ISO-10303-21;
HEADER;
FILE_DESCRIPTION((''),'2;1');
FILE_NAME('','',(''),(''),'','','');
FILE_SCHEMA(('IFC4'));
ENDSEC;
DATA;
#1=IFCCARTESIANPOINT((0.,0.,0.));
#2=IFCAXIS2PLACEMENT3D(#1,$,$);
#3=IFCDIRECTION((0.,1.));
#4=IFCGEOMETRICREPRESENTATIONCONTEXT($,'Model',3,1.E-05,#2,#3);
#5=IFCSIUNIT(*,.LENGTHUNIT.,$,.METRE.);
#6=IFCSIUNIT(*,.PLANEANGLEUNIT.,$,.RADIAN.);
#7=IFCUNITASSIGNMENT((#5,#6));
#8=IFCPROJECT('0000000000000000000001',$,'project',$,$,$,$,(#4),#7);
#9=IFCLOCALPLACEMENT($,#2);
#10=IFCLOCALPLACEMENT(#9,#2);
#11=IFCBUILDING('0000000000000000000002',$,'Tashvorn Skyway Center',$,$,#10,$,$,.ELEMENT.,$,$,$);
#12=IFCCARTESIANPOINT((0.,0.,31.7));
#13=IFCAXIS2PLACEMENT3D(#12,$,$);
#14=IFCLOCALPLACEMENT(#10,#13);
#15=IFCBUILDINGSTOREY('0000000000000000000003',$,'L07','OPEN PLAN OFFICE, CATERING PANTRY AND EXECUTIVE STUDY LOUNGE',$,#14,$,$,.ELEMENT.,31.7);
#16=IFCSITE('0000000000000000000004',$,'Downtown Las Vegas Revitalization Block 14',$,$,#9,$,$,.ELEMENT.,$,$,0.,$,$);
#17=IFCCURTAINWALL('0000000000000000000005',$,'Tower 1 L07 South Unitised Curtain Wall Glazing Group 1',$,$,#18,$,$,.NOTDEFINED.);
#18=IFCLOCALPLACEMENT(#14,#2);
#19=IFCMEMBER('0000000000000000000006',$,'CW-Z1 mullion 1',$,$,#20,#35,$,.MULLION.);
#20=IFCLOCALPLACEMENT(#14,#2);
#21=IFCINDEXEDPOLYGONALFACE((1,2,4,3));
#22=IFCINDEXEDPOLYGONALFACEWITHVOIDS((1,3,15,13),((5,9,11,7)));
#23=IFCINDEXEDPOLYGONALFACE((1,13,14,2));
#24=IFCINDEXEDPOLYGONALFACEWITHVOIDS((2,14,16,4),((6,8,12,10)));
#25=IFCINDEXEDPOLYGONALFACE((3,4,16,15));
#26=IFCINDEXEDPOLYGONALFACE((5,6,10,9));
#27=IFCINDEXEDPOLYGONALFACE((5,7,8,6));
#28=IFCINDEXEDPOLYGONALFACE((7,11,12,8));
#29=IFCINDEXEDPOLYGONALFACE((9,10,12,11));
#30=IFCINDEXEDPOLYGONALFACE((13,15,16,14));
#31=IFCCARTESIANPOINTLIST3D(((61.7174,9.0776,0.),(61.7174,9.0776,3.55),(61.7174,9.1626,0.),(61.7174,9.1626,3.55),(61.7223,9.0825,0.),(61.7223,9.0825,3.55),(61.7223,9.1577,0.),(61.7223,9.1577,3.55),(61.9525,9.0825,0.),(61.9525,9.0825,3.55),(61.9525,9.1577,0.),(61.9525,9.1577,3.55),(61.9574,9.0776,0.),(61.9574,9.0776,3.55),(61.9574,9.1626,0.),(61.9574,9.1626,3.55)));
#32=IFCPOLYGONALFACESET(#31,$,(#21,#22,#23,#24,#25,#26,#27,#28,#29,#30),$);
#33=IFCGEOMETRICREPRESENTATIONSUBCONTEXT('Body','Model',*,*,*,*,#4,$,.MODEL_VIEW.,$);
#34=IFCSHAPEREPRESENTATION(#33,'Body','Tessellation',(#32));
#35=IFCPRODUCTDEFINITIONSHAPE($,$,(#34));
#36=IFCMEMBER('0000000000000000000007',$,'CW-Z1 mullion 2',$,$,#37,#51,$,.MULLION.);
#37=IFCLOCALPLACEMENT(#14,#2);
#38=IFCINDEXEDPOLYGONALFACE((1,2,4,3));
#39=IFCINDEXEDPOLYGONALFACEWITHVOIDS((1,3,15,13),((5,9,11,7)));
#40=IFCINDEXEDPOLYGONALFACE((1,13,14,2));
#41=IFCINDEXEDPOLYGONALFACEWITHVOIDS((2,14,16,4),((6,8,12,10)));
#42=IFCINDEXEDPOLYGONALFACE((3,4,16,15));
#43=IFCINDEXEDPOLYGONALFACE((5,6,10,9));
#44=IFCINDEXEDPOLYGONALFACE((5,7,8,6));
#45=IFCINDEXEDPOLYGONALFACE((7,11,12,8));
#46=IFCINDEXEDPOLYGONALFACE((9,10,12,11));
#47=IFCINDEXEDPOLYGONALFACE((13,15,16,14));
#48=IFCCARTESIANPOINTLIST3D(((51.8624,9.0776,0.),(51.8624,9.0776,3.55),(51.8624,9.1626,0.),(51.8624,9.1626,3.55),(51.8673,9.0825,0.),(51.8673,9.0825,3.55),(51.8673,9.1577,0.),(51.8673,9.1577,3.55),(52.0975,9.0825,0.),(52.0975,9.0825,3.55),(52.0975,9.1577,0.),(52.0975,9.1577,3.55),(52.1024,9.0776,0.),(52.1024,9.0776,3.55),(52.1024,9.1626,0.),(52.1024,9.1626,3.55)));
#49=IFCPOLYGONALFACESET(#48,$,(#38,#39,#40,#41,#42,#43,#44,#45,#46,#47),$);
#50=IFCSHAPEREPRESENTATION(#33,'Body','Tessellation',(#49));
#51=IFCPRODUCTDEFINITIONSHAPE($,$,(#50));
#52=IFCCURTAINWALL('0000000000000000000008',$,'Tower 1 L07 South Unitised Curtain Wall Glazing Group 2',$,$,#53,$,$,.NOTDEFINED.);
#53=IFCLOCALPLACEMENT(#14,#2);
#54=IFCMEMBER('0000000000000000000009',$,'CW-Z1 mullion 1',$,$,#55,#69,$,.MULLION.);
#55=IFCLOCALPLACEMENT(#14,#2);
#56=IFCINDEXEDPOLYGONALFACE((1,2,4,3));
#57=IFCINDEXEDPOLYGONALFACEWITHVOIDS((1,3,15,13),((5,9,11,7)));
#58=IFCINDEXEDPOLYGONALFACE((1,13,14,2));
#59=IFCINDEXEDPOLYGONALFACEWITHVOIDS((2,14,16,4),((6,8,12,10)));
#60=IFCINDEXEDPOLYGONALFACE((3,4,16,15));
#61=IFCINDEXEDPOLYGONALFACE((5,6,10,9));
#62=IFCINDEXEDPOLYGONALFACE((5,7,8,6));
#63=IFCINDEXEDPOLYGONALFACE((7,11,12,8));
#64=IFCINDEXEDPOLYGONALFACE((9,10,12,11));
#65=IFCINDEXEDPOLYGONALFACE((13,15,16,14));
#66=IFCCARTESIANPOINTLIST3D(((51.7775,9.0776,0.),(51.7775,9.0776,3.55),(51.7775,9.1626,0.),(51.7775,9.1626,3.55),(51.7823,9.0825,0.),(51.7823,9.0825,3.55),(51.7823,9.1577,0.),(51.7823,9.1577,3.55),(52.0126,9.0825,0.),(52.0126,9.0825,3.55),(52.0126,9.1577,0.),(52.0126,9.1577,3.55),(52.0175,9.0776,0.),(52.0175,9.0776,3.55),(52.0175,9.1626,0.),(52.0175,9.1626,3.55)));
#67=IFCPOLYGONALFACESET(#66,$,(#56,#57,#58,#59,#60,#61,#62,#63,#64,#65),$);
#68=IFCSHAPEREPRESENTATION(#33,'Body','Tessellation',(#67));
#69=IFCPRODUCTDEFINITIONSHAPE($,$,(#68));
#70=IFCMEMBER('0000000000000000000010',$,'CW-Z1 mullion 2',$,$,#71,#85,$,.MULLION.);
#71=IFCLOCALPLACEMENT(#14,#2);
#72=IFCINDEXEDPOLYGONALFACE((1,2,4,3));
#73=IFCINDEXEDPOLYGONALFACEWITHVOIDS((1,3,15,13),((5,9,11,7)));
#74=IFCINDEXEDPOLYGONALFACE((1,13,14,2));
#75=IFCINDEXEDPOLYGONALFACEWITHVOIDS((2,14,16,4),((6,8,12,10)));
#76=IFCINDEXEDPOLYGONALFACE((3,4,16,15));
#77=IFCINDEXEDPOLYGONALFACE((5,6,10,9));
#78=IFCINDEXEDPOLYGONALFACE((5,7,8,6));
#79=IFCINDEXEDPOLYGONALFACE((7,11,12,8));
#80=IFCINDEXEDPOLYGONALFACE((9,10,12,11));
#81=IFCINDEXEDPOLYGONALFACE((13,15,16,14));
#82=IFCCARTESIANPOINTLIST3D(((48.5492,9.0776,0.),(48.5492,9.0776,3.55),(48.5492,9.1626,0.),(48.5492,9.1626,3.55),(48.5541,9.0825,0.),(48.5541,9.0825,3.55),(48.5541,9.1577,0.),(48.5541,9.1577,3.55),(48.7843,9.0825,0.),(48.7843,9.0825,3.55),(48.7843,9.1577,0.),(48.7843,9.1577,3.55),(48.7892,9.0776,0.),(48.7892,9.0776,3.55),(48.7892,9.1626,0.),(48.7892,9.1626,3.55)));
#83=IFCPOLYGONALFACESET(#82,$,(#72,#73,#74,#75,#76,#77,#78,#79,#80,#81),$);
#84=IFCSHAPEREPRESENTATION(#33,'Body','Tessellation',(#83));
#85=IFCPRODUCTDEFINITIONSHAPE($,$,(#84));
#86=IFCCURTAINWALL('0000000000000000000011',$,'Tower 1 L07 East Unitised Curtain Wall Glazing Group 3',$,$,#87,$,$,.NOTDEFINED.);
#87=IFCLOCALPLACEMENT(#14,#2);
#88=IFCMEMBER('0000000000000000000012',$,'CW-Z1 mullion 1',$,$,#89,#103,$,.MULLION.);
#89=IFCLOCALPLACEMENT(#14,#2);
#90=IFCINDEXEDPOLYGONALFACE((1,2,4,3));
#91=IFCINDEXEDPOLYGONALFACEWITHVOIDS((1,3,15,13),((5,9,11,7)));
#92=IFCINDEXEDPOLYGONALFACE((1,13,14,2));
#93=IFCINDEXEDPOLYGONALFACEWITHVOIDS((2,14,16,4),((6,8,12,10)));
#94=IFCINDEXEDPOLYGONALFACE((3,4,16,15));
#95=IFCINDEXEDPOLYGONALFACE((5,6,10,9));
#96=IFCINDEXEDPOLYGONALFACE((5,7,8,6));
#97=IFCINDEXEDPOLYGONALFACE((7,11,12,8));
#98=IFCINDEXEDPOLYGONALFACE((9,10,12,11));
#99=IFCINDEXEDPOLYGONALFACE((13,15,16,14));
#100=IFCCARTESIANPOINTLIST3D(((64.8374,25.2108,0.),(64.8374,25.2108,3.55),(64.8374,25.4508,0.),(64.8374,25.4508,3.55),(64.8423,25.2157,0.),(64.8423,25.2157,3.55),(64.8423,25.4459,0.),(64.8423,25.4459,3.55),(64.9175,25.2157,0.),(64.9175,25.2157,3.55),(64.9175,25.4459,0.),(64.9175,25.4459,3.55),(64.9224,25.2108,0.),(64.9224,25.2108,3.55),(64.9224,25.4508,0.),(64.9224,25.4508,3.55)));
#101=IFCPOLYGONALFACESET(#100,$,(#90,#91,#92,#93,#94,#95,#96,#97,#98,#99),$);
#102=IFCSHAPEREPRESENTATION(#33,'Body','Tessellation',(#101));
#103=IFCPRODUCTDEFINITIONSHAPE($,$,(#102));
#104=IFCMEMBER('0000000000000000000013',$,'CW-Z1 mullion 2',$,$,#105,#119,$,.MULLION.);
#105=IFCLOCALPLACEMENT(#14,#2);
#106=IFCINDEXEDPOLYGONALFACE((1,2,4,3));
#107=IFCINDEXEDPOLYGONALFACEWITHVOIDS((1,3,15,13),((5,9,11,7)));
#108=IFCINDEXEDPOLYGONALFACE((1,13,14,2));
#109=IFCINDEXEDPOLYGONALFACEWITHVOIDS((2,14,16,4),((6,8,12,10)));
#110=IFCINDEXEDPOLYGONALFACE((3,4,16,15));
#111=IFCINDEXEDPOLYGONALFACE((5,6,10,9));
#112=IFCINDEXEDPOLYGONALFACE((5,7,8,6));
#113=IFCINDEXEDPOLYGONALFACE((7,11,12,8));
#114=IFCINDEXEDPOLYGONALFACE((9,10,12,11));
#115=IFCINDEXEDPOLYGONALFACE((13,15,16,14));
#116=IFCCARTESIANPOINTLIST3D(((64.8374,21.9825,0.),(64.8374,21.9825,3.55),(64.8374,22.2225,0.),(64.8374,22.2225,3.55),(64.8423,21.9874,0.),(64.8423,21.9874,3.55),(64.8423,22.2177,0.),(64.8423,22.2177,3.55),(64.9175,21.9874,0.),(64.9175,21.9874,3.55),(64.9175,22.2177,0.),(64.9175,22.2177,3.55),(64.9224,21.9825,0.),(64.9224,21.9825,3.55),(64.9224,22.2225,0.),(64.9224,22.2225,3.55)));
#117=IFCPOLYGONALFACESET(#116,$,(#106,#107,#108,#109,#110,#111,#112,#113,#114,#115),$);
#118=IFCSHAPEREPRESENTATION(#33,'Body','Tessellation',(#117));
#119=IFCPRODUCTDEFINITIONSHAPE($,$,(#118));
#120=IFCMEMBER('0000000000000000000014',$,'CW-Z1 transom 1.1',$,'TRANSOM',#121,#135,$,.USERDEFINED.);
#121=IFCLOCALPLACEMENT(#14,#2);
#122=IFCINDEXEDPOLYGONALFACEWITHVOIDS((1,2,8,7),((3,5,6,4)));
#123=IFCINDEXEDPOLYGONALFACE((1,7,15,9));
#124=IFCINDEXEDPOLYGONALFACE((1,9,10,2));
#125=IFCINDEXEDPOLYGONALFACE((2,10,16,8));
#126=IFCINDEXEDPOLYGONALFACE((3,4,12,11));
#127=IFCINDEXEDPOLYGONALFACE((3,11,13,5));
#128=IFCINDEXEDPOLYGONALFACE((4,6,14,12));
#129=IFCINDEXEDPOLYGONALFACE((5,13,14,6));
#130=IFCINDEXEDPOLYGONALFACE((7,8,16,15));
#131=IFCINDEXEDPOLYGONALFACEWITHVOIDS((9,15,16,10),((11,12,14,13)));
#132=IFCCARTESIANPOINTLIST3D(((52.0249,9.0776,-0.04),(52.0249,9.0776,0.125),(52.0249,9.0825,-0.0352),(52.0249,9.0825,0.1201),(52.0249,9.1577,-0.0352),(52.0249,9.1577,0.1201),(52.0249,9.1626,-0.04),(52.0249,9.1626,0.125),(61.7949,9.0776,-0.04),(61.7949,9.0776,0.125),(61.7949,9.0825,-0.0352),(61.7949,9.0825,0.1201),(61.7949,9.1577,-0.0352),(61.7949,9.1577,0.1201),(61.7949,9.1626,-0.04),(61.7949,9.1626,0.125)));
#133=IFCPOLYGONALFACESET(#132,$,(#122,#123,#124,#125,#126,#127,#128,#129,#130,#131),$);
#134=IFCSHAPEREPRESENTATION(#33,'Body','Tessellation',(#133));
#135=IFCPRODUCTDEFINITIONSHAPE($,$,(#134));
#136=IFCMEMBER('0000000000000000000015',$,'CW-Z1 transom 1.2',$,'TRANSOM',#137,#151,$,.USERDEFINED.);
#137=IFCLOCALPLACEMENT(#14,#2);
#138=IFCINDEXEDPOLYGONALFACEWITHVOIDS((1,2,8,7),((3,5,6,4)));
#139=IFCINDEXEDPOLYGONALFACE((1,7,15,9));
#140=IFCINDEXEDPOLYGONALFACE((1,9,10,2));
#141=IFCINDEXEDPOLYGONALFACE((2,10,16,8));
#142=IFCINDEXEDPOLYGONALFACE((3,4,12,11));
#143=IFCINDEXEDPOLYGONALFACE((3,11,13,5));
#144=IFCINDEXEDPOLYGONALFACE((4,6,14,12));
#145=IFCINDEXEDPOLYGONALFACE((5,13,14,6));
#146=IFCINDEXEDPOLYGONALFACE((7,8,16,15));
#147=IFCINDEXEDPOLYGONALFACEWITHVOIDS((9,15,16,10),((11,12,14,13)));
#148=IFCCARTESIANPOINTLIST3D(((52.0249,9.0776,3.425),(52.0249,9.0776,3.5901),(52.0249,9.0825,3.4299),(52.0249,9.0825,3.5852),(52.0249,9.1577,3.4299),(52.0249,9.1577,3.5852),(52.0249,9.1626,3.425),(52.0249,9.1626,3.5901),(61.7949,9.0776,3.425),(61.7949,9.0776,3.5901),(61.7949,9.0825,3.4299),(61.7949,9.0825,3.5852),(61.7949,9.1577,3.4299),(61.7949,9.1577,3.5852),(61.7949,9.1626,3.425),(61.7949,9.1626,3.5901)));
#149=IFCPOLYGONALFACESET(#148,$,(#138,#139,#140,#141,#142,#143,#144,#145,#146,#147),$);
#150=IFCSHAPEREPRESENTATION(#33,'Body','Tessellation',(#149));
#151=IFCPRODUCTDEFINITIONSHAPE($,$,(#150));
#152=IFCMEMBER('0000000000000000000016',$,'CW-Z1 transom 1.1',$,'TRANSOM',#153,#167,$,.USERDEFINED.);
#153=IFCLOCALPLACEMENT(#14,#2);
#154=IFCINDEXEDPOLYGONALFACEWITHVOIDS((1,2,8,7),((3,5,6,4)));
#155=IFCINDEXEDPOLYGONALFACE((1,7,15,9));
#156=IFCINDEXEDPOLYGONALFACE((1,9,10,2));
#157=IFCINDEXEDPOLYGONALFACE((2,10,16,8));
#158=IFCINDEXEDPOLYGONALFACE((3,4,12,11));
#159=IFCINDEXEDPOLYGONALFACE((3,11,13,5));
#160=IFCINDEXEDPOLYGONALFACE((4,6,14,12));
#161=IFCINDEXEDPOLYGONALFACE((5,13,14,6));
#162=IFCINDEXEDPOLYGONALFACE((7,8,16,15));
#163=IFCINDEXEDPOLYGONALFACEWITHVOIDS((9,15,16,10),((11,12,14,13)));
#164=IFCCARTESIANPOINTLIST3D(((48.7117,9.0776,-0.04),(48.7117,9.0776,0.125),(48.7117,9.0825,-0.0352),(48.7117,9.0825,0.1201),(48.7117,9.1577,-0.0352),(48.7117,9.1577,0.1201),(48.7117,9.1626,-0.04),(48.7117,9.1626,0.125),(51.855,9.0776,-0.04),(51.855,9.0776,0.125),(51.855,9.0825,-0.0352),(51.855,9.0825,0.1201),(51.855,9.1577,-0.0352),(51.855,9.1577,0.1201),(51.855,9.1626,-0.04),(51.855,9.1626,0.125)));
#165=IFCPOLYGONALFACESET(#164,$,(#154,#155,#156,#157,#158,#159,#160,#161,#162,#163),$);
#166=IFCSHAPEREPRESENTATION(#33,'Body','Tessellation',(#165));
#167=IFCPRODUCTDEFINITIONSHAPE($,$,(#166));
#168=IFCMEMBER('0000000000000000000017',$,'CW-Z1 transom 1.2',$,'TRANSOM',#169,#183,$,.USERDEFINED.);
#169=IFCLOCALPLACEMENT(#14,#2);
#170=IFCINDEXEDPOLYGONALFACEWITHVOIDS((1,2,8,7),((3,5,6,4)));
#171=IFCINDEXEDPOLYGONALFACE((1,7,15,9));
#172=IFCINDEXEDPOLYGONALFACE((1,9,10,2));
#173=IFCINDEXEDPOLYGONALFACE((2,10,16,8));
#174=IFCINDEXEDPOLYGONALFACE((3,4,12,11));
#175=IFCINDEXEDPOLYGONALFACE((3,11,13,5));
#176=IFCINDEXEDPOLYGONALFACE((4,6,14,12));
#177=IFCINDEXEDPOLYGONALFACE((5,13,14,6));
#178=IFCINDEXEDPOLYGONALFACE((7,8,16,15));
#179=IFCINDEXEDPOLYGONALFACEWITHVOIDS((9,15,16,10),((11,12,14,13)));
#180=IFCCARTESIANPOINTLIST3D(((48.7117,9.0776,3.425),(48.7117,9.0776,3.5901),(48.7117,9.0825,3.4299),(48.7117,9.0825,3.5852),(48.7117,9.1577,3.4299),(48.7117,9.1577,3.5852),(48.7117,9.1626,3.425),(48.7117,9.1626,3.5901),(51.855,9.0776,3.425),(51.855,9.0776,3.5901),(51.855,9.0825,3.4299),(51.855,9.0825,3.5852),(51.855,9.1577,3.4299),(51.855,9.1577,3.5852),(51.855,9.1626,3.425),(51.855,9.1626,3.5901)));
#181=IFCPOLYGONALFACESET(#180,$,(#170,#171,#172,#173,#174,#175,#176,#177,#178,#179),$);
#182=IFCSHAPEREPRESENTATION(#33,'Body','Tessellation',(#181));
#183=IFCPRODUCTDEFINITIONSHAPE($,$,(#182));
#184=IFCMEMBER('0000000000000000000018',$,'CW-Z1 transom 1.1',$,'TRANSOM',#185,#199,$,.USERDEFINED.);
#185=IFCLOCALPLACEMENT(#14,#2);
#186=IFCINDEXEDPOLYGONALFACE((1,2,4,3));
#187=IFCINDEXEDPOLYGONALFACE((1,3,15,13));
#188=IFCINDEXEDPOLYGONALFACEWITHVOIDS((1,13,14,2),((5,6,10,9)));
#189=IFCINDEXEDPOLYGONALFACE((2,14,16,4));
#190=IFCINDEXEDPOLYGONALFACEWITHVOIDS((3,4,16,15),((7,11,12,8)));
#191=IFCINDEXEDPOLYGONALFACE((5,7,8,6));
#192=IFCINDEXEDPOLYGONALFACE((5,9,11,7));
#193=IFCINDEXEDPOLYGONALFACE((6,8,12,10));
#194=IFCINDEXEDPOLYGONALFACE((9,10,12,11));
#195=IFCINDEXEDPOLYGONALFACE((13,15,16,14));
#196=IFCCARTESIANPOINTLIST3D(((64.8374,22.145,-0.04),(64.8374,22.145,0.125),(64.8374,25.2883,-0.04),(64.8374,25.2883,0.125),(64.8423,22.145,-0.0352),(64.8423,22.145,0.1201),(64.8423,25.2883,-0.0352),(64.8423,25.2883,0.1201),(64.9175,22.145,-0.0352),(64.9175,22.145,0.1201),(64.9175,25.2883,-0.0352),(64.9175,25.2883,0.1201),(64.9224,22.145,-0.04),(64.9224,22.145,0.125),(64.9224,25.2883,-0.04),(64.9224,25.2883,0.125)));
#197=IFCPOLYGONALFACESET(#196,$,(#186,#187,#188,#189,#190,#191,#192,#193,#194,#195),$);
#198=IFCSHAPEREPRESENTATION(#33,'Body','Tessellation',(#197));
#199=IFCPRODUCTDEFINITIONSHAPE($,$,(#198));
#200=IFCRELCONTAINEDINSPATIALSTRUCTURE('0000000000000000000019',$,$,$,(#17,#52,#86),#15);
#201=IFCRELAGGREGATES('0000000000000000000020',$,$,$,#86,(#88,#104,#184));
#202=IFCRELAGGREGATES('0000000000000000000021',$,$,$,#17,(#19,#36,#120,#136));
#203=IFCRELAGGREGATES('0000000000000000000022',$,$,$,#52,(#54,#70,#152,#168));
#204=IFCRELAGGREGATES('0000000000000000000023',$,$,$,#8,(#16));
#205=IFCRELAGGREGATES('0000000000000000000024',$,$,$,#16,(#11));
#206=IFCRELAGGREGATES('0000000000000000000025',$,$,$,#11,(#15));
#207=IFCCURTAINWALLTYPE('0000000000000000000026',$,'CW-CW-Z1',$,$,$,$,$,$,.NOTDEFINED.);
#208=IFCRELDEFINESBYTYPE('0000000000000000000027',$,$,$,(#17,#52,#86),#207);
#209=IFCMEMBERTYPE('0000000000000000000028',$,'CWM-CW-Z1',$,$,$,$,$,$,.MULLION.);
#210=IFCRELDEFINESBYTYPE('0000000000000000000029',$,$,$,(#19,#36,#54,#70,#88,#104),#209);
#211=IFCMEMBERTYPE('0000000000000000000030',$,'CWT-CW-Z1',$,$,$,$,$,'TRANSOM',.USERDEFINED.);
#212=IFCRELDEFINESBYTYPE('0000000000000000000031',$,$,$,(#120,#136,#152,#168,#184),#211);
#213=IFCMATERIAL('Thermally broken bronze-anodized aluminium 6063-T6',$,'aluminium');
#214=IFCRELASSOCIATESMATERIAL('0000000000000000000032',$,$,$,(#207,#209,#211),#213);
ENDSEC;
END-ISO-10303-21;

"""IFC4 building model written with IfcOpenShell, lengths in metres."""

from ifc_helpers import new_model, si_unit, direction, frame, origin, origin_2d, place, context, subcontext, project, spatial, hollow_rectangle, extrude, material, material_profile, profile_set, type_object, element, aggregate, save


model = new_model("IFC4")

# Units and contexts
model_context = context("Model", 3, precision=1e-05, world=origin(), true_north=direction((0.0, 1.0)))
body_context = subcontext(model_context, "Body", "Model", "MODEL_VIEW")
ifc_project = project(units=[si_unit("LENGTHUNIT", "METRE"), si_unit("PLANEANGLEUNIT", "RADIAN")], contexts=[model_context])

# Site, building, storey
site_placement = place(None, origin())
site = spatial("IfcSite", under=ifc_project, at=site_placement, Name="Downtown Las Vegas Revitalization Block 14", CompositionType="ELEMENT", RefElevation=0.0)
building_placement = place(site_placement, origin())
building = spatial("IfcBuilding", under=site, at=building_placement, Name="Tashvorn Skyway Center", CompositionType="ELEMENT")
storey_placement = place(building_placement, frame((0.0, 0.0, 31.7)))
storey = spatial("IfcBuildingStorey", under=building, at=storey_placement, Name="L07", Description="OPEN PLAN OFFICE, CATERING PANTRY AND EXECUTIVE STUDY LOUNGE", CompositionType="ELEMENT", Elevation=31.7)

# Curtain walls, members
ifc_material_1 = material(Name="Thermally broken bronze-anodized aluminium 6063-T6", Category="aluminium")
curtain_wall_type = type_object("IfcCurtainWallType", Name="CW-CW-Z1", PredefinedType="NOTDEFINED", material=ifc_material_1)
curtain_wall_1_placement = place(storey_placement, origin())
curtain_wall_1 = element("IfcCurtainWall", 1, at=curtain_wall_1_placement, inside=storey, type_object=curtain_wall_type, Name="Tower 1 L07 South Unitised Curtain Wall Glazing Group 1", PredefinedType="NOTDEFINED")
ifc_material_profile_1 = material_profile(ifc_material_1, hollow_rectangle(XDim=0.085, YDim=0.24, WallThickness=0.0049, at=origin_2d()), Name="ALU-MULL-85x240")
ifc_profile_set_1 = profile_set([ifc_material_profile_1], Name="Thermally broken bronze-anodized aluminium 6063-T6")
member_type_1 = type_object("IfcMemberType", Name="CWM-CW-Z1", PredefinedType="MULLION", material=ifc_profile_set_1)
member_1_placement = place(storey_placement, frame((61.8374, 9.1201, 0.0), z_axis=(0.0, 0.0, 1.0), x_axis=(0.0, -1.0, 0.0)))
member_1 = element("IfcMember", 2, at=member_1_placement, type_object=member_type_1, Name="CW-Z1 mullion 1", PredefinedType="MULLION", context=body_context, shape_type="SweptSolid", body=[
    extrude(hollow_rectangle(XDim=0.085, YDim=0.24, WallThickness=0.0049, at=origin_2d()), origin(), (0.0, 0.0, 1.0), 3.55),
])
member_2_placement = place(storey_placement, frame((51.9824, 9.1201, 0.0), z_axis=(0.0, 0.0, 1.0), x_axis=(0.0, -1.0, 0.0)))
member_2 = element("IfcMember", 3, at=member_2_placement, type_object=member_type_1, Name="CW-Z1 mullion 2", PredefinedType="MULLION", context=body_context, shape_type="SweptSolid", body=[
    extrude(hollow_rectangle(XDim=0.085, YDim=0.24, WallThickness=0.0049, at=origin_2d()), origin(), (0.0, 0.0, 1.0), 3.55),
])
curtain_wall_2_placement = place(storey_placement, origin())
curtain_wall_2 = element("IfcCurtainWall", 4, at=curtain_wall_2_placement, inside=storey, type_object=curtain_wall_type, Name="Tower 1 L07 South Unitised Curtain Wall Glazing Group 2", PredefinedType="NOTDEFINED")
member_3_placement = place(storey_placement, frame((51.8975, 9.1201, 0.0), z_axis=(0.0, 0.0, 1.0), x_axis=(0.0, -1.0, 0.0)))
member_3 = element("IfcMember", 5, at=member_3_placement, type_object=member_type_1, Name="CW-Z1 mullion 1", PredefinedType="MULLION", context=body_context, shape_type="SweptSolid", body=[
    extrude(hollow_rectangle(XDim=0.085, YDim=0.24, WallThickness=0.0049, at=origin_2d()), origin(), (0.0, 0.0, 1.0), 3.55),
])
member_4_placement = place(storey_placement, frame((48.6692, 9.1201, 0.0), z_axis=(0.0, 0.0, 1.0), x_axis=(0.0, -1.0, 0.0)))
member_4 = element("IfcMember", 6, at=member_4_placement, type_object=member_type_1, Name="CW-Z1 mullion 2", PredefinedType="MULLION", context=body_context, shape_type="SweptSolid", body=[
    extrude(hollow_rectangle(XDim=0.085, YDim=0.24, WallThickness=0.0049, at=origin_2d()), origin(), (0.0, 0.0, 1.0), 3.55),
])
curtain_wall_3_placement = place(storey_placement, origin())
curtain_wall_3 = element("IfcCurtainWall", 7, at=curtain_wall_3_placement, inside=storey, type_object=curtain_wall_type, Name="Tower 1 L07 East Unitised Curtain Wall Glazing Group 3", PredefinedType="NOTDEFINED")
member_5_placement = place(storey_placement, frame((64.8799, 25.3308, 0.0), z_axis=(0.0, 0.0, 1.0), x_axis=(1.0, 0.0, 0.0)))
member_5 = element("IfcMember", 8, at=member_5_placement, type_object=member_type_1, Name="CW-Z1 mullion 1", PredefinedType="MULLION", context=body_context, shape_type="SweptSolid", body=[
    extrude(hollow_rectangle(XDim=0.085, YDim=0.24, WallThickness=0.0049, at=origin_2d()), origin(), (0.0, 0.0, 1.0), 3.55),
])
member_6_placement = place(storey_placement, frame((64.8799, 22.1025, 0.0), z_axis=(0.0, 0.0, 1.0), x_axis=(1.0, 0.0, 0.0)))
member_6 = element("IfcMember", 9, at=member_6_placement, type_object=member_type_1, Name="CW-Z1 mullion 2", PredefinedType="MULLION", context=body_context, shape_type="SweptSolid", body=[
    extrude(hollow_rectangle(XDim=0.085, YDim=0.24, WallThickness=0.0049, at=origin_2d()), origin(), (0.0, 0.0, 1.0), 3.55),
])

# Members
ifc_material_profile_2 = material_profile(ifc_material_1, hollow_rectangle(XDim=0.085, YDim=0.165, WallThickness=0.0049, at=origin_2d()), Name="ALU-TRAN-85x165")
ifc_profile_set_2 = profile_set([ifc_material_profile_2], Name="Thermally broken bronze-anodized aluminium 6063-T6")
member_type_2 = type_object("IfcMemberType", Name="CWT-CW-Z1", ElementType="TRANSOM", PredefinedType="USERDEFINED", material=ifc_profile_set_2)
member_7_placement = place(storey_placement, frame((61.7949, 9.1201, 0.0425), z_axis=(-1.0, 0.0, 0.0), x_axis=(0.0, -1.0, 0.0)))
member_7 = element("IfcMember", 10, at=member_7_placement, type_object=member_type_2, Name="CW-Z1 transom 1.1", ObjectType="TRANSOM", PredefinedType="USERDEFINED", context=body_context, shape_type="SweptSolid", body=[
    extrude(hollow_rectangle(XDim=0.085, YDim=0.165, WallThickness=0.0049, at=origin_2d()), origin(), (0.0, 0.0, 1.0), 9.77),
])
member_8_placement = place(storey_placement, frame((61.7949, 9.1201, 3.5076), z_axis=(-1.0, 0.0, 0.0), x_axis=(0.0, -1.0, 0.0)))
member_8 = element("IfcMember", 11, at=member_8_placement, type_object=member_type_2, Name="CW-Z1 transom 1.2", ObjectType="TRANSOM", PredefinedType="USERDEFINED", context=body_context, shape_type="SweptSolid", body=[
    extrude(hollow_rectangle(XDim=0.085, YDim=0.165, WallThickness=0.0049, at=origin_2d()), origin(), (0.0, 0.0, 1.0), 9.77),
])
member_9_placement = place(storey_placement, frame((51.855, 9.1201, 0.0425), z_axis=(-1.0, 0.0, 0.0), x_axis=(0.0, -1.0, 0.0)))
member_9 = element("IfcMember", 12, at=member_9_placement, type_object=member_type_2, Name="CW-Z1 transom 1.1", ObjectType="TRANSOM", PredefinedType="USERDEFINED", context=body_context, shape_type="SweptSolid", body=[
    extrude(hollow_rectangle(XDim=0.085, YDim=0.165, WallThickness=0.0049, at=origin_2d()), origin(), (0.0, 0.0, 1.0), 3.1433),
])
member_10_placement = place(storey_placement, frame((51.855, 9.1201, 3.5076), z_axis=(-1.0, 0.0, 0.0), x_axis=(0.0, -1.0, 0.0)))
member_10 = element("IfcMember", 13, at=member_10_placement, type_object=member_type_2, Name="CW-Z1 transom 1.2", ObjectType="TRANSOM", PredefinedType="USERDEFINED", context=body_context, shape_type="SweptSolid", body=[
    extrude(hollow_rectangle(XDim=0.085, YDim=0.165, WallThickness=0.0049, at=origin_2d()), origin(), (0.0, 0.0, 1.0), 3.1433),
])
member_11_placement = place(storey_placement, frame((64.8799, 25.2883, 0.0425), z_axis=(0.0, -1.0, 0.0), x_axis=(1.0, 0.0, 0.0)))
member_11 = element("IfcMember", 14, at=member_11_placement, type_object=member_type_2, Name="CW-Z1 transom 1.1", ObjectType="TRANSOM", PredefinedType="USERDEFINED", context=body_context, shape_type="SweptSolid", body=[
    extrude(hollow_rectangle(XDim=0.085, YDim=0.165, WallThickness=0.0049, at=origin_2d()), origin(), (0.0, 0.0, 1.0), 3.1433),
])
aggregate(curtain_wall_3, [member_5, member_6, member_11])

aggregate(curtain_wall_1, [member_1, member_2, member_7, member_8])
aggregate(curtain_wall_2, [member_3, member_4, member_9, member_10])

save(model, "model.ifc")
